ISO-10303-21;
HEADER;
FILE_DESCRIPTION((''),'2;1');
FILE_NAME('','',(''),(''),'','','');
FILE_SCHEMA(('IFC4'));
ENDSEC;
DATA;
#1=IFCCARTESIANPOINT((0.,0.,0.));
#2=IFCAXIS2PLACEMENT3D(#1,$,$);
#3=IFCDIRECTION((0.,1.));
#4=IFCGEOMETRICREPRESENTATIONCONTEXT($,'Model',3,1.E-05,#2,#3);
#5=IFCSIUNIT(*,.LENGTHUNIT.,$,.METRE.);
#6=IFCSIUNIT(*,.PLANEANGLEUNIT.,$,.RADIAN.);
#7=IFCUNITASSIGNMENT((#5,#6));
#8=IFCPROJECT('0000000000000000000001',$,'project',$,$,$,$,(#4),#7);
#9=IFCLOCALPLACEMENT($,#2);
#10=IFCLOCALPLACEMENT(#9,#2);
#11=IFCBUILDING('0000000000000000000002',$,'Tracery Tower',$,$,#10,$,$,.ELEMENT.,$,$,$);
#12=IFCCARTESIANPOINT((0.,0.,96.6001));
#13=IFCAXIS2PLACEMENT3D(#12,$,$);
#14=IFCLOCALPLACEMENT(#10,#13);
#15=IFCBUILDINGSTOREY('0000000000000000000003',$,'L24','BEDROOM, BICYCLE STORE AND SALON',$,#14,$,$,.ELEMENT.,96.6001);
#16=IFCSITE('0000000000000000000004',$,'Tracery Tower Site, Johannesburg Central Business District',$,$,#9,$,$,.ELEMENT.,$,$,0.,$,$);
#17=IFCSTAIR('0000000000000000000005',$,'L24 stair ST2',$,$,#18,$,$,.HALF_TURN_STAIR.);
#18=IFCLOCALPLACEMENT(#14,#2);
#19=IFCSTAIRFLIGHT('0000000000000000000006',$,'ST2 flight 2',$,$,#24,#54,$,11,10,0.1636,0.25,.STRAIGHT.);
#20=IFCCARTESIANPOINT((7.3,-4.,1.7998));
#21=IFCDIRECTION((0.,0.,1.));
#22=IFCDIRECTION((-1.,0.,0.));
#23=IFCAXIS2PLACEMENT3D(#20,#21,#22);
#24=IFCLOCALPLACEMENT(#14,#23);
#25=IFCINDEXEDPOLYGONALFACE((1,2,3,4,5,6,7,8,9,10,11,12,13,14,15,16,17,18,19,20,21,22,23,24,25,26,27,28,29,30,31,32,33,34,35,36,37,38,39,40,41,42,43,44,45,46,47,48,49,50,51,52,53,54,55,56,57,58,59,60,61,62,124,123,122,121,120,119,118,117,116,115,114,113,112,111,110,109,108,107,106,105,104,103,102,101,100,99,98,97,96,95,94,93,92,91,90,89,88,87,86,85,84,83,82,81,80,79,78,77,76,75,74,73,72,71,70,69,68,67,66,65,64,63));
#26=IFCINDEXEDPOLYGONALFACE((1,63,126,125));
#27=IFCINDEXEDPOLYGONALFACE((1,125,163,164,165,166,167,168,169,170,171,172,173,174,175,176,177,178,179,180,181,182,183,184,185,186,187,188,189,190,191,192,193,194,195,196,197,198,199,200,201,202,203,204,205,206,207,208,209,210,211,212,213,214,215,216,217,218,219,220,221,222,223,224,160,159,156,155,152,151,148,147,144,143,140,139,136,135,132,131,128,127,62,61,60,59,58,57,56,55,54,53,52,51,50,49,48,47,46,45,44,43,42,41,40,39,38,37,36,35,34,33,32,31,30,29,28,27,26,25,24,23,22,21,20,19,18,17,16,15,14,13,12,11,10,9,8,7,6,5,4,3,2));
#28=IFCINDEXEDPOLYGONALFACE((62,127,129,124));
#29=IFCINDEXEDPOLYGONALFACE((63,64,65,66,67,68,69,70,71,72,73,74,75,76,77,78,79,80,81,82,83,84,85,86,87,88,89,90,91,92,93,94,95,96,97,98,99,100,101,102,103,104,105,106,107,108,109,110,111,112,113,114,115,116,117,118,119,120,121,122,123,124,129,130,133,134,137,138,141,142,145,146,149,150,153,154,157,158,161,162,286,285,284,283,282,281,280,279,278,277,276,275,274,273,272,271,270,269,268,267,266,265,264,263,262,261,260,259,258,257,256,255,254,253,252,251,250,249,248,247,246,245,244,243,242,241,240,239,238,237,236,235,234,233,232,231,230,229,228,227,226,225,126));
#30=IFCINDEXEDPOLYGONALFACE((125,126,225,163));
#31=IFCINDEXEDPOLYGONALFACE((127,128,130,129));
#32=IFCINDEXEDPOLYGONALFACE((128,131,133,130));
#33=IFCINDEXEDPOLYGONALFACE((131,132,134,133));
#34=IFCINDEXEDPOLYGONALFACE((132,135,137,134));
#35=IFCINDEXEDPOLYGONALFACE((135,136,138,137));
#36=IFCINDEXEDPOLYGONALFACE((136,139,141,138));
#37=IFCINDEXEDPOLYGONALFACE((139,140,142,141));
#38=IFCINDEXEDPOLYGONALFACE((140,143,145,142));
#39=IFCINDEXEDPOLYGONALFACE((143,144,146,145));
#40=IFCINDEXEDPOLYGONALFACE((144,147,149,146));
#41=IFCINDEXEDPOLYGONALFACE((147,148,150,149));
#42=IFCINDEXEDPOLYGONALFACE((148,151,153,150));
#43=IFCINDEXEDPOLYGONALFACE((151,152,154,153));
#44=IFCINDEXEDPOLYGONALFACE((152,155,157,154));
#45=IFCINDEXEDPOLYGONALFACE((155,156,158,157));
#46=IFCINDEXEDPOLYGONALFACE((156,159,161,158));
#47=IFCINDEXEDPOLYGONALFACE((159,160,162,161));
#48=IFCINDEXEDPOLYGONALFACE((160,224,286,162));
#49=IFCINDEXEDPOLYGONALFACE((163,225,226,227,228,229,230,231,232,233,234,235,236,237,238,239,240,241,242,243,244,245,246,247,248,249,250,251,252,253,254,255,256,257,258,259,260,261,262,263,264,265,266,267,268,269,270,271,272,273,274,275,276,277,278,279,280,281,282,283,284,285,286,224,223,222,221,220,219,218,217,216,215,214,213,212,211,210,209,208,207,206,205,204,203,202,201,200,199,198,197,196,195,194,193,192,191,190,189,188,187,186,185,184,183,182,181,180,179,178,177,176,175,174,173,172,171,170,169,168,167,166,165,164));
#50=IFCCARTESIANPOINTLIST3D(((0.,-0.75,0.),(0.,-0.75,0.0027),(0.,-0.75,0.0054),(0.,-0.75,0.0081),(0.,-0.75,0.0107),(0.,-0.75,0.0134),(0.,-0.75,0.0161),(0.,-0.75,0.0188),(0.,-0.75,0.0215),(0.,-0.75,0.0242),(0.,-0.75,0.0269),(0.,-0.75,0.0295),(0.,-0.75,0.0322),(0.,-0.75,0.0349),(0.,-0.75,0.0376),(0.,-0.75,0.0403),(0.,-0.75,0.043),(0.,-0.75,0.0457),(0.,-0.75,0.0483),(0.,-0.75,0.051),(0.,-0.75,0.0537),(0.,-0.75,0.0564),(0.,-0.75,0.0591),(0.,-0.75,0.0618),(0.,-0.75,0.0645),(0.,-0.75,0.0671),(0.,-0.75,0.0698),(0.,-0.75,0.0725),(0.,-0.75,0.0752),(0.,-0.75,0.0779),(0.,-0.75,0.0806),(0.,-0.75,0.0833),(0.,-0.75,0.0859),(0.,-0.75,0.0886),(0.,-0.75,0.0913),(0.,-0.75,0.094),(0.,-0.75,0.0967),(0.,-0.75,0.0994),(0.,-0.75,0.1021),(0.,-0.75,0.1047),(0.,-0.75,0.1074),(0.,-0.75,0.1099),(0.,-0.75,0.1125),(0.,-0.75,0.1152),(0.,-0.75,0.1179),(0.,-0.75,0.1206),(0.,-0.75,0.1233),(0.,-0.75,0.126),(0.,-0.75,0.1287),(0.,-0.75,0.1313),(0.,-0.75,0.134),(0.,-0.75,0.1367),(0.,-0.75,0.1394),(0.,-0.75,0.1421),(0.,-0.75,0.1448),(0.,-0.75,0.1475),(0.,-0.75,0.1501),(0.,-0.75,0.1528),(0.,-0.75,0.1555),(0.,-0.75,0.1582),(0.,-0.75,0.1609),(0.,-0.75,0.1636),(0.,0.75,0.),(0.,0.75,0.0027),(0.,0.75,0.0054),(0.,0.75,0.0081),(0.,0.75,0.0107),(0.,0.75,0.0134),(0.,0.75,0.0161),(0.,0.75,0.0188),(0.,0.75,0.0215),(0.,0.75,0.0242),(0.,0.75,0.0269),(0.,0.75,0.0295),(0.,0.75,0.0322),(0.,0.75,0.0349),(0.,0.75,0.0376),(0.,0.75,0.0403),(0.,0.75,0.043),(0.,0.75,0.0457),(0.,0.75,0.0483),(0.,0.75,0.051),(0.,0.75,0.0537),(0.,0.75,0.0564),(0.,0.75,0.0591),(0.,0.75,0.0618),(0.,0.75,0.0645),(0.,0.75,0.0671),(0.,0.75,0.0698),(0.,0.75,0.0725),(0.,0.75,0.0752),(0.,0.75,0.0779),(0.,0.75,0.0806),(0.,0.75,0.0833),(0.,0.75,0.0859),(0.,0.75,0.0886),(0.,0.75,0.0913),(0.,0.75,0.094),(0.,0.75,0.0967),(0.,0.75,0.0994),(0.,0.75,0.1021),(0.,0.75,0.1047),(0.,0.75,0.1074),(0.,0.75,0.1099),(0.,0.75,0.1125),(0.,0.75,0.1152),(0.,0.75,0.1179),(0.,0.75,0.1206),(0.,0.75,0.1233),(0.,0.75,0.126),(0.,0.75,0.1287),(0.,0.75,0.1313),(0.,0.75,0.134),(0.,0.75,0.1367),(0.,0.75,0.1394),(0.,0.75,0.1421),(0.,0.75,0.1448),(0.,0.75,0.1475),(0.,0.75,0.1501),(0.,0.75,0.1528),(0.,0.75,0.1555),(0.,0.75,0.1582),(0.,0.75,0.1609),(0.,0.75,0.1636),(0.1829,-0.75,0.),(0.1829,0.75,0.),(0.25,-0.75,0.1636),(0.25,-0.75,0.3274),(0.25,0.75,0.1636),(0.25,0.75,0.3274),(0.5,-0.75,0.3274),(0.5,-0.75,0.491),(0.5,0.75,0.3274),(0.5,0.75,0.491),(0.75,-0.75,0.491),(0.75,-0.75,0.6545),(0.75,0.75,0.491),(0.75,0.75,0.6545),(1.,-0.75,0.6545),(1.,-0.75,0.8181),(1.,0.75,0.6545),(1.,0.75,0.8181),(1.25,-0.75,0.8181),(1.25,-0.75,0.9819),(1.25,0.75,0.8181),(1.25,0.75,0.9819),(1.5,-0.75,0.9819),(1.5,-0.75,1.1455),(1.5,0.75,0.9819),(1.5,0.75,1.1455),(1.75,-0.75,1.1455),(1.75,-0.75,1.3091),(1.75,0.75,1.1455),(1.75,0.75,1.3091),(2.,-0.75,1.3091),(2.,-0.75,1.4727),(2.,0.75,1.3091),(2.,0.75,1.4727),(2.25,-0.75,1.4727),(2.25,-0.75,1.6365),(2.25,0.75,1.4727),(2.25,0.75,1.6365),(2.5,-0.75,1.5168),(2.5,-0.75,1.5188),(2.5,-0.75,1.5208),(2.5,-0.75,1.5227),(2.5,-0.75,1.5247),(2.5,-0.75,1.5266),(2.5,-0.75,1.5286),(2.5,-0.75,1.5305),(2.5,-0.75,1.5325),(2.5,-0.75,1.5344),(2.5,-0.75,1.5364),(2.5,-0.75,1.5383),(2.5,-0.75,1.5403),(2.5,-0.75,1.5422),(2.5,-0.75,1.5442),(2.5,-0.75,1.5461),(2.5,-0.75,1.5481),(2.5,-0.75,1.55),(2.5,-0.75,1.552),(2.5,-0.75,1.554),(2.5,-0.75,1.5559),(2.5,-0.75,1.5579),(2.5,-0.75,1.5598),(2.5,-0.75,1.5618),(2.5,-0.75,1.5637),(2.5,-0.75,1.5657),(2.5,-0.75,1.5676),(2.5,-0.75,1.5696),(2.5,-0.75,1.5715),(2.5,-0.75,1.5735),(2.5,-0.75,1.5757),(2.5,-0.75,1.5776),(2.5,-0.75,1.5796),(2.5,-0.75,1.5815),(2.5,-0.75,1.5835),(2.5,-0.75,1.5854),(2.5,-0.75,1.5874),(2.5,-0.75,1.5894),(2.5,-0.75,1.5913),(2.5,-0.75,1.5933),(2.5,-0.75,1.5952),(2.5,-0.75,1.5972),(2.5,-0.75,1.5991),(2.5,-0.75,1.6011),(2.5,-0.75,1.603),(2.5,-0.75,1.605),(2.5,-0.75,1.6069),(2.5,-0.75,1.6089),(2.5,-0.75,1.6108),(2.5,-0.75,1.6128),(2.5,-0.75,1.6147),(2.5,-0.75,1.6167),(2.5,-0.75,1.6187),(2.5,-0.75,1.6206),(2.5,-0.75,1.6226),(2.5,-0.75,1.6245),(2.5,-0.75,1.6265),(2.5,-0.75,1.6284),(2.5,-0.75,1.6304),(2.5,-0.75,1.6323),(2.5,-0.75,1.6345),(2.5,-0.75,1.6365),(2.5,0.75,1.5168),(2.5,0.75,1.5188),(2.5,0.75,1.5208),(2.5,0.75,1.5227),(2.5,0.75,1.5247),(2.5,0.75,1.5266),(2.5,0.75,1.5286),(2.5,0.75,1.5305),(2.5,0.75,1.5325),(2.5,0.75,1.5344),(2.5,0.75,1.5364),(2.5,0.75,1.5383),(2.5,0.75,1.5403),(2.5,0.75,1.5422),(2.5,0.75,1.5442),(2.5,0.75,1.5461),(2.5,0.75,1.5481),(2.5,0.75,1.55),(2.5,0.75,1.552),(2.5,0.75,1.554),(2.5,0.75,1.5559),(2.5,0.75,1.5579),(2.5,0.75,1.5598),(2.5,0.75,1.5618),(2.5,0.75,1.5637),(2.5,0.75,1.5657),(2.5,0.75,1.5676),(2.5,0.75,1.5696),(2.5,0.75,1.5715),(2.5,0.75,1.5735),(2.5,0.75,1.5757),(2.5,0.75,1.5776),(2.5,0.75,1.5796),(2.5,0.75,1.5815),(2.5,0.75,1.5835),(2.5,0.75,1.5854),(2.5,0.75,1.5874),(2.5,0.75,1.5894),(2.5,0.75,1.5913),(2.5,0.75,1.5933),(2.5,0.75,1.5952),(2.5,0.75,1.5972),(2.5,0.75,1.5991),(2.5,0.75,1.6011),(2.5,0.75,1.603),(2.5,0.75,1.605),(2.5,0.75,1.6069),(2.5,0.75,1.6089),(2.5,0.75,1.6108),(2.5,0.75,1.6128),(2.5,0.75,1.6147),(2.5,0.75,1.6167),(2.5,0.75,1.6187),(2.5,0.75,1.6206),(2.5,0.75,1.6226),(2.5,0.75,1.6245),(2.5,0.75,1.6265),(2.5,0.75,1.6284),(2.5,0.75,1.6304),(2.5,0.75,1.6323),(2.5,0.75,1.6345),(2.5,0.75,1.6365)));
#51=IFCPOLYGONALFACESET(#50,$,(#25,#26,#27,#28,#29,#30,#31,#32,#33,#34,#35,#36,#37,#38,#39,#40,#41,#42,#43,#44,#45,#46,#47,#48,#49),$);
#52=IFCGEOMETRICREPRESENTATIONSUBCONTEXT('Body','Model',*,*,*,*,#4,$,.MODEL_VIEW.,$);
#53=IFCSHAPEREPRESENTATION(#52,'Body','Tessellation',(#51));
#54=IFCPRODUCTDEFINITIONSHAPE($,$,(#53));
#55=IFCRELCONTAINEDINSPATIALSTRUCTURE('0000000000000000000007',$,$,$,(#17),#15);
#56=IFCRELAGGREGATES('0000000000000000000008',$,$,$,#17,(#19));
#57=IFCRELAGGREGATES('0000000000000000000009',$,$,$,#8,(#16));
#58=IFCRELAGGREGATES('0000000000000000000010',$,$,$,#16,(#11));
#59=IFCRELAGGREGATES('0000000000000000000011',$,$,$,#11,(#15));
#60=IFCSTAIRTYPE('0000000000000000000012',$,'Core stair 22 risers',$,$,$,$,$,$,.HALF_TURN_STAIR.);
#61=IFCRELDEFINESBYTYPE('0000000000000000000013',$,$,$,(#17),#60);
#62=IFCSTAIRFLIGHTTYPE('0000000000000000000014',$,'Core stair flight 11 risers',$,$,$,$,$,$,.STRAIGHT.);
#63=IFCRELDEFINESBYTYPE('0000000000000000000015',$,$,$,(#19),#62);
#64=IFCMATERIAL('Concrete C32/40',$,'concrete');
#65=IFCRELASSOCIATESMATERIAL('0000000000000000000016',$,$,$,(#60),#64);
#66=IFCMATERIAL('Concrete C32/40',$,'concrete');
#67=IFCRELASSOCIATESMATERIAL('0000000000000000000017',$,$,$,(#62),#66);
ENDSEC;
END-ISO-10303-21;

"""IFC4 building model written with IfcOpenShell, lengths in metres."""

from ifc_helpers import new_model, si_unit, direction, frame, origin, place, context, subcontext, project, spatial, polyline, outline, extrude, material, type_object, element, aggregate, save


model = new_model("IFC4")

# Units and contexts
model_context = context("Model", 3, precision=1e-05, world=origin(), true_north=direction((0.0, 1.0)))
body_context = subcontext(model_context, "Body", "Model", "MODEL_VIEW")
ifc_project = project(units=[si_unit("LENGTHUNIT", "METRE"), si_unit("PLANEANGLEUNIT", "RADIAN")], contexts=[model_context])

# Site, building, storey
site_placement = place(None, origin())
site = spatial("IfcSite", under=ifc_project, at=site_placement, Name="Tracery Tower Site, Johannesburg Central Business District", CompositionType="ELEMENT", RefElevation=0.0)
building_placement = place(site_placement, origin())
building = spatial("IfcBuilding", under=site, at=building_placement, Name="Tracery Tower", CompositionType="ELEMENT")
storey_placement = place(building_placement, frame((0.0, 0.0, 96.6001)))
storey = spatial("IfcBuildingStorey", under=building, at=storey_placement, Name="L24", Description="BEDROOM, BICYCLE STORE AND SALON", CompositionType="ELEMENT", Elevation=96.6001)

# Stair, stair flight
ifc_material_1 = material(Name="Concrete C32/40", Category="concrete")
stair_type = type_object("IfcStairType", Name="Core stair 22 risers", PredefinedType="HALF_TURN_STAIR", material=ifc_material_1)
stair_placement = place(storey_placement, origin())
stair = element("IfcStair", 1, at=stair_placement, inside=storey, type_object=stair_type, Name="L24 stair ST2", PredefinedType="HALF_TURN_STAIR")
ifc_material_2 = material(Name="Concrete C32/40", Category="concrete")
stair_flight_type = type_object("IfcStairFlightType", Name="Core stair flight 11 risers", PredefinedType="STRAIGHT", material=ifc_material_2)
stair_flight_1_placement = place(storey_placement, frame((7.3, -4.0, 1.7998), z_axis=(0.0, 0.0, 1.0), x_axis=(-1.0, 0.0, 0.0)))
stair_flight_1 = element("IfcStairFlight", 2, at=stair_flight_1_placement, type_object=stair_flight_type, Name="ST2 flight 2", NumberOfRisers=11, NumberOfTreads=10, PredefinedType="STRAIGHT", RiserHeight=0.1636, TreadLength=0.25, context=body_context, shape_type="SweptSolid", body=[
    extrude(outline(polyline([(0.0, 0.0), (0.0, 0.0027), (0.0, 0.0054), (0.0, 0.0081), (0.0, 0.0107), (0.0, 0.0134), (0.0, 0.0161), (0.0, 0.0188), (0.0, 0.0215), (0.0, 0.0242), (0.0, 0.0269), (0.0, 0.0295), (0.0, 0.0322), (0.0, 0.0349), (0.0, 0.0376), (0.0, 0.0403), (0.0, 0.043), (0.0, 0.0457), (0.0, 0.0483), (0.0, 0.051), (0.0, 0.0537), (0.0, 0.0564), (0.0, 0.0591), (0.0, 0.0618), (0.0, 0.0645), (0.0, 0.0671), (0.0, 0.0698), (0.0, 0.0725), (0.0, 0.0752), (0.0, 0.0779), (0.0, 0.0806), (0.0, 0.0833), (0.0, 0.0859), (0.0, 0.0886), (0.0, 0.0913), (0.0, 0.094), (0.0, 0.0967), (0.0, 0.0994), (0.0, 0.1021), (0.0, 0.1047), (0.0, 0.1074), (0.0, 0.1099), (0.0, 0.1125), (0.0, 0.1152), (0.0, 0.1179), (0.0, 0.1206), (0.0, 0.1233), (0.0, 0.126), (0.0, 0.1287), (0.0, 0.1313), (0.0, 0.134), (0.0, 0.1367), (0.0, 0.1394), (0.0, 0.1421), (0.0, 0.1448), (0.0, 0.1475), (0.0, 0.1501), (0.0, 0.1528), (0.0, 0.1555), (0.0, 0.1582), (0.0, 0.1609), (0.0, 0.1636), (0.25, 0.1636), (0.25, 0.3274), (0.5, 0.3274), (0.5, 0.491), (0.75, 0.491), (0.75, 0.6545), (1.0, 0.6545), (1.0, 0.8181), (1.25, 0.8181), (1.25, 0.9819), (1.5, 0.9819), (1.5, 1.1455), (1.75, 1.1455), (1.75, 1.3091), (2.0, 1.3091), (2.0, 1.4727), (2.25, 1.4727), (2.25, 1.6365), (2.5, 1.6365), (2.5, 1.6345), (2.5, 1.6323), (2.5, 1.6304), (2.5, 1.6284), (2.5, 1.6265), (2.5, 1.6245), (2.5, 1.6226), (2.5, 1.6206), (2.5, 1.6187), (2.5, 1.6167), (2.5, 1.6147), (2.5, 1.6128), (2.5, 1.6108), (2.5, 1.6089), (2.5, 1.6069), (2.5, 1.605), (2.5, 1.603), (2.5, 1.6011), (2.5, 1.5991), (2.5, 1.5972), (2.5, 1.5952), (2.5, 1.5933), (2.5, 1.5913), (2.5, 1.5894), (2.5, 1.5874), (2.5, 1.5854), (2.5, 1.5835), (2.5, 1.5815), (2.5, 1.5796), (2.5, 1.5776), (2.5, 1.5757), (2.5, 1.5735), (2.5, 1.5715), (2.5, 1.5696), (2.5, 1.5676), (2.5, 1.5657), (2.5, 1.5637), (2.5, 1.5618), (2.5, 1.5598), (2.5, 1.5579), (2.5, 1.5559), (2.5, 1.554), (2.5, 1.552), (2.5, 1.55), (2.5, 1.5481), (2.5, 1.5461), (2.5, 1.5442), (2.5, 1.5422), (2.5, 1.5403), (2.5, 1.5383), (2.5, 1.5364), (2.5, 1.5344), (2.5, 1.5325), (2.5, 1.5305), (2.5, 1.5286), (2.5, 1.5266), (2.5, 1.5247), (2.5, 1.5227), (2.5, 1.5208), (2.5, 1.5188), (2.5, 1.5168), (0.1829, 0.0), (0.0, 0.0)])), frame((0.0, 0.75, 0.0), z_axis=(0.0, -1.0, 0.0), x_axis=(1.0, 0.0, 0.0)), (0.0, 0.0, 1.0), 1.5),
])
aggregate(stair, [stair_flight_1])

save(model, "model.ifc")
